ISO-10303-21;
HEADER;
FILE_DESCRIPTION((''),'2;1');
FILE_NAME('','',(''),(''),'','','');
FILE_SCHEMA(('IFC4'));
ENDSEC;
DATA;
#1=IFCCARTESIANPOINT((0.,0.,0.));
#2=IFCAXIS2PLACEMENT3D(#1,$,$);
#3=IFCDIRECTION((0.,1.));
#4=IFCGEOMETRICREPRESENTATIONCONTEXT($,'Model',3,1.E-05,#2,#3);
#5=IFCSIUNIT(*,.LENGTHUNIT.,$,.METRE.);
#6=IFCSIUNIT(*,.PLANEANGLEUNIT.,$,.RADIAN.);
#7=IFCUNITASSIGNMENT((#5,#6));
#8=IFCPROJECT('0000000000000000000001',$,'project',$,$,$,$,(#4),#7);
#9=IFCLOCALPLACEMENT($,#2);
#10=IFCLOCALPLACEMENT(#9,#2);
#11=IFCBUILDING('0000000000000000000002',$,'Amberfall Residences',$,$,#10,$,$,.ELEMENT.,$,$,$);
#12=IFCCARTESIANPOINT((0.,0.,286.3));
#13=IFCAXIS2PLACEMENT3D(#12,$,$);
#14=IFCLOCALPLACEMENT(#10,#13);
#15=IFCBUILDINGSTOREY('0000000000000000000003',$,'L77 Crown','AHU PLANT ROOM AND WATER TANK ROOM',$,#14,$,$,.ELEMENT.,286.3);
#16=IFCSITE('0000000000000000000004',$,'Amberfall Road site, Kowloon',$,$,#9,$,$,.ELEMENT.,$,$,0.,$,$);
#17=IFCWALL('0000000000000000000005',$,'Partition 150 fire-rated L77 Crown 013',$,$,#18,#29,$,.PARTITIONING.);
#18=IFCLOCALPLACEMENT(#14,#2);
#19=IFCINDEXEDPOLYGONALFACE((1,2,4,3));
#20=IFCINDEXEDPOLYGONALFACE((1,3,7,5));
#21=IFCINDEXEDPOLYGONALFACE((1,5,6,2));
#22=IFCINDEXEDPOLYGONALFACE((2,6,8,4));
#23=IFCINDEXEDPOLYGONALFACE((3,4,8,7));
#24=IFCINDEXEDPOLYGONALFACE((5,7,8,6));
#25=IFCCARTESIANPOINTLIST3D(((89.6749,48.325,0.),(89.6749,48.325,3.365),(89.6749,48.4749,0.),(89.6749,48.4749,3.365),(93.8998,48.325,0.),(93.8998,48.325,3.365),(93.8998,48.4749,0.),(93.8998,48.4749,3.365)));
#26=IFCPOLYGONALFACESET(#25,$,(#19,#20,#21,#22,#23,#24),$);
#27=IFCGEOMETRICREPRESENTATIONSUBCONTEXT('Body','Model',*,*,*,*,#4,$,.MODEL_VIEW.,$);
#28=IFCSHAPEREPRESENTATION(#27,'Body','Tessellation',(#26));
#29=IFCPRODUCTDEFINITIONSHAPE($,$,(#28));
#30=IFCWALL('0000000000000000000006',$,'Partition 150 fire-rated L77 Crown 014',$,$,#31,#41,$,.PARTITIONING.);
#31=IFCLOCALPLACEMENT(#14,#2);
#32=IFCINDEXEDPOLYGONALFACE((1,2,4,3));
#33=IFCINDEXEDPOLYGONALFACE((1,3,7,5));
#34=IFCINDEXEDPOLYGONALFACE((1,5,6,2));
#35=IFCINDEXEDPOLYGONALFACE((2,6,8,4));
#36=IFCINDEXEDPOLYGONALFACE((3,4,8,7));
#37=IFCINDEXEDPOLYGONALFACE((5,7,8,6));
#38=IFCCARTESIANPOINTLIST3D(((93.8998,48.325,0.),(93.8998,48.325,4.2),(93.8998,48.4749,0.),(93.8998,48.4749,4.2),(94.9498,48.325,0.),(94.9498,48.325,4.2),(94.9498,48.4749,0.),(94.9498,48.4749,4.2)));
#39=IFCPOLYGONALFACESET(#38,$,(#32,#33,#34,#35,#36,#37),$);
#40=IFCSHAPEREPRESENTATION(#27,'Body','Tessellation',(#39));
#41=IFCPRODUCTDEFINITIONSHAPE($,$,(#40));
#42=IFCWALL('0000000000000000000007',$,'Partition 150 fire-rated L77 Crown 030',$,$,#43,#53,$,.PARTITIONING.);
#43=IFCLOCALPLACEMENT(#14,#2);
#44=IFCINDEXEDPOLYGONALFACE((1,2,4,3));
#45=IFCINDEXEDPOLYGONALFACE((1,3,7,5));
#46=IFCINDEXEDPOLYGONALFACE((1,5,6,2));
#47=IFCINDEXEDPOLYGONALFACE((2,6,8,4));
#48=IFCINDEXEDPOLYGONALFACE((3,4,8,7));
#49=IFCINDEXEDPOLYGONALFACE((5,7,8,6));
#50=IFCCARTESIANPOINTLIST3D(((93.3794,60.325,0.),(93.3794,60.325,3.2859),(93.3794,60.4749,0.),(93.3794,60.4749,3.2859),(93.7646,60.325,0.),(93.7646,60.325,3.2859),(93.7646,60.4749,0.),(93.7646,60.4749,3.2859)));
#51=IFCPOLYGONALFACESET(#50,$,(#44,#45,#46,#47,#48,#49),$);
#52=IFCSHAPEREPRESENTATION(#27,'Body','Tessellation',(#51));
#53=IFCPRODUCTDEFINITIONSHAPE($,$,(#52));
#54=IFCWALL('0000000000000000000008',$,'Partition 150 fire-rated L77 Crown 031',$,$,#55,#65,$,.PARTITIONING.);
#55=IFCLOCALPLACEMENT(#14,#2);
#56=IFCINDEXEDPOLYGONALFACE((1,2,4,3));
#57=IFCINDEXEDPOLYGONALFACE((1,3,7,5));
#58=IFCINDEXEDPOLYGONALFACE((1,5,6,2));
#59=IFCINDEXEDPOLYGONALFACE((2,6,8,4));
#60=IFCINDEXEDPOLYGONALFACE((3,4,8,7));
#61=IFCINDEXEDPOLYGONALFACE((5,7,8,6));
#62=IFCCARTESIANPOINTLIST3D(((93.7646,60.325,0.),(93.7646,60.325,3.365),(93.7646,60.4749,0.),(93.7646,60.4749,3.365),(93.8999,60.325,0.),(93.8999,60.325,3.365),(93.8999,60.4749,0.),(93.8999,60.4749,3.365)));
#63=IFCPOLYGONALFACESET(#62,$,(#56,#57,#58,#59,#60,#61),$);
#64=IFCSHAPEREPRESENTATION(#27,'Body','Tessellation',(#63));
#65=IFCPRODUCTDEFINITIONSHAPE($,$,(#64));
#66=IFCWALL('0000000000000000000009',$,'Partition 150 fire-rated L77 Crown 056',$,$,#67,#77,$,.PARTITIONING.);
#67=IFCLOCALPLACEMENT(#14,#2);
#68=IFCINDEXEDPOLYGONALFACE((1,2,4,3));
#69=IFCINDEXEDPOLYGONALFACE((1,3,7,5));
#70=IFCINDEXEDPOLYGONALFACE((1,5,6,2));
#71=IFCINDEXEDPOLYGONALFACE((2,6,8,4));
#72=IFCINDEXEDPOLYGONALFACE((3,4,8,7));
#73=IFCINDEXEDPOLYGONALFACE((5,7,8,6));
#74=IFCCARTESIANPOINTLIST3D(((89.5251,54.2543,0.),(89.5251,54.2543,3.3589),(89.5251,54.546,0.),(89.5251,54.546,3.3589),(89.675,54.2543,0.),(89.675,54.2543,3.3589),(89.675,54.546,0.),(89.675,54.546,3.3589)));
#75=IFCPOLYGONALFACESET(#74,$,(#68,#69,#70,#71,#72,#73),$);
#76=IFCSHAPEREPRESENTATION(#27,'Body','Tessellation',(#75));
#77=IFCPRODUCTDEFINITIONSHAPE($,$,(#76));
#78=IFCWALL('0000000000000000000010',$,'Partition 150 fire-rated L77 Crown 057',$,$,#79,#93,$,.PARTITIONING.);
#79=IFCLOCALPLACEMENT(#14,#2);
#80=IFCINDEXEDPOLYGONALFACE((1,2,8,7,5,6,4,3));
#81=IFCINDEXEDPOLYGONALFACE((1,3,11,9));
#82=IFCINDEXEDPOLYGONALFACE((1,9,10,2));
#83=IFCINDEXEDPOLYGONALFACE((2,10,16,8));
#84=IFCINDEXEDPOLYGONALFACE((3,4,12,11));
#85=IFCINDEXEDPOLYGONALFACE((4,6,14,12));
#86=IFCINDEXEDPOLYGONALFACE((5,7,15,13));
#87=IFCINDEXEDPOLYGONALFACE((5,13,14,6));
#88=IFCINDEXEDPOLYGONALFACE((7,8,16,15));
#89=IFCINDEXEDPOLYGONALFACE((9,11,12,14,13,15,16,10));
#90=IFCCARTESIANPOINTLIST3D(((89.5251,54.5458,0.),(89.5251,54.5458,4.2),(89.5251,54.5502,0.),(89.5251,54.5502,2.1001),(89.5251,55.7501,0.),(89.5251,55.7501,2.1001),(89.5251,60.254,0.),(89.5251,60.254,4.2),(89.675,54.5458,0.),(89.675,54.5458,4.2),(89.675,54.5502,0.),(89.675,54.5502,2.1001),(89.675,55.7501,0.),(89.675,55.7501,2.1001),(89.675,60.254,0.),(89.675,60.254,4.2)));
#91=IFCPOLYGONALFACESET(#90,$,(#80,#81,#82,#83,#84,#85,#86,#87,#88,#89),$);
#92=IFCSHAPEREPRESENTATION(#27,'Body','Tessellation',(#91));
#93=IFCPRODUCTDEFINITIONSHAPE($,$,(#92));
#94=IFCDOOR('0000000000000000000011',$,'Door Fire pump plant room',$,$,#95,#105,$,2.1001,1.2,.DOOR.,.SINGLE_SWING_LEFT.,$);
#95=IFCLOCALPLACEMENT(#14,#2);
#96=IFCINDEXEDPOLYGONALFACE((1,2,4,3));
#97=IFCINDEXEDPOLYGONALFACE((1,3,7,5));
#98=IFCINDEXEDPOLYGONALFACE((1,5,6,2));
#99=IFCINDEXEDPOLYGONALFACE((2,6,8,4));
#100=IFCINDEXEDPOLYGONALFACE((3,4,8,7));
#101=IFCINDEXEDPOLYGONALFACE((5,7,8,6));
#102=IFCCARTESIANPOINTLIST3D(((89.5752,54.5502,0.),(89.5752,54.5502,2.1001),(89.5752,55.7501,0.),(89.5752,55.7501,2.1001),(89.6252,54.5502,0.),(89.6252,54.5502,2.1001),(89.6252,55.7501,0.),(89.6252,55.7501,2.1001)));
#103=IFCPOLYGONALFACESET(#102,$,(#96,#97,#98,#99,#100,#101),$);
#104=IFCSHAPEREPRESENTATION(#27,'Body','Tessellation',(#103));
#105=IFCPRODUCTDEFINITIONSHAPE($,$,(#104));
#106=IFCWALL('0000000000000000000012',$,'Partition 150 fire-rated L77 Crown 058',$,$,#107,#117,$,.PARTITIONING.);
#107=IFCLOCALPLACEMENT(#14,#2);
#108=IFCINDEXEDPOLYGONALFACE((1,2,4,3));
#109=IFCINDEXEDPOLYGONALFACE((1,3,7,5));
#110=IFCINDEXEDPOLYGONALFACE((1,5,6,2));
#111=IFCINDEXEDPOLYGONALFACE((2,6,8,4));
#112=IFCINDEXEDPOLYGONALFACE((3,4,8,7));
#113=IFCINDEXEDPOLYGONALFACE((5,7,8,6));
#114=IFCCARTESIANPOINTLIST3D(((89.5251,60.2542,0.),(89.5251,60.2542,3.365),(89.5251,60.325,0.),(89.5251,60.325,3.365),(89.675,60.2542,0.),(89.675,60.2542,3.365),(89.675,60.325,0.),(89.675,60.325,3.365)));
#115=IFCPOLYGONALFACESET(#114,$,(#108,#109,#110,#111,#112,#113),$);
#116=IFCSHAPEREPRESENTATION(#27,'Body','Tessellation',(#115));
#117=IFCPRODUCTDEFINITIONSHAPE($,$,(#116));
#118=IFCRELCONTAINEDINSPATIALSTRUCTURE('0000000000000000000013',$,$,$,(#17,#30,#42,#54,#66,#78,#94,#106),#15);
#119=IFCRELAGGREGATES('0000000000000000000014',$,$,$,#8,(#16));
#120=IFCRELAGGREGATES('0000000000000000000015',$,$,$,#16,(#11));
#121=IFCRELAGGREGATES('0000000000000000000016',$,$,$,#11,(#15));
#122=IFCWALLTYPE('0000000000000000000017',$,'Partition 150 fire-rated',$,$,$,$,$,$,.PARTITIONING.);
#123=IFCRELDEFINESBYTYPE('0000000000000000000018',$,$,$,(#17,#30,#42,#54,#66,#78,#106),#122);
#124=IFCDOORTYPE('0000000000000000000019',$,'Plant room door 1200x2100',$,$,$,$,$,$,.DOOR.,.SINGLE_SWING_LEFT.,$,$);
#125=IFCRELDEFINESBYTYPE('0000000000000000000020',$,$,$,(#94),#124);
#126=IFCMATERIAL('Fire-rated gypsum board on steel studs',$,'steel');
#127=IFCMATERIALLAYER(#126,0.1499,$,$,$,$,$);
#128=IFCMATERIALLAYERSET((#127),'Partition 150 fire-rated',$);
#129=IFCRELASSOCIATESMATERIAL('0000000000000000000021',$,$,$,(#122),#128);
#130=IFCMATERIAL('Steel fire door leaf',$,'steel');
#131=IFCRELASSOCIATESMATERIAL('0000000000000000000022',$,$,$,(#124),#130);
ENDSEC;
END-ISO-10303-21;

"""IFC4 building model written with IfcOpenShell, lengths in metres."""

from ifc_helpers import new_model, si_unit, direction, frame, frame_2d, origin, place, context, subcontext, project, spatial, rectangle, extrude, material, layer, layer_set, type_object, element, fill, save


model = new_model("IFC4")

# Units and contexts
model_context = context("Model", 3, precision=1e-05, world=origin(), true_north=direction((0.0, 1.0)))
body_context = subcontext(model_context, "Body", "Model", "MODEL_VIEW")
ifc_project = project(units=[si_unit("LENGTHUNIT", "METRE"), si_unit("PLANEANGLEUNIT", "RADIAN")], contexts=[model_context])

# Site, building, storey
site_placement = place(None, origin())
site = spatial("IfcSite", under=ifc_project, at=site_placement, Name="Amberfall Road site, Kowloon", CompositionType="ELEMENT", RefElevation=0.0)
building_placement = place(site_placement, origin())
building = spatial("IfcBuilding", under=site, at=building_placement, Name="Amberfall Residences", CompositionType="ELEMENT")
storey_placement = place(building_placement, frame((0.0, 0.0, 286.3)))
storey = spatial("IfcBuildingStorey", under=building, at=storey_placement, Name="L77 Crown", Description="AHU PLANT ROOM AND WATER TANK ROOM", CompositionType="ELEMENT", Elevation=286.3)

# Walls
ifc_material_1 = material(Name="Fire-rated gypsum board on steel studs", Category="steel")
ifc_layer_1 = layer(ifc_material_1, 0.1499)
ifc_layer_set_1 = layer_set([ifc_layer_1], Name="Partition 150 fire-rated")
wall_type = type_object("IfcWallType", Name="Partition 150 fire-rated", PredefinedType="PARTITIONING", material=ifc_layer_set_1)
wall_1_placement = place(storey_placement, frame((89.675, 48.3999, 0.0), z_axis=(0.0, 0.0, 1.0), x_axis=(1.0, 0.0, 0.0)))
element("IfcWall", 1, at=wall_1_placement, inside=storey, type_object=wall_type, Name="Partition 150 fire-rated L77 Crown 013", PredefinedType="PARTITIONING", context=body_context, shape_type="SweptSolid", body=[
    extrude(rectangle(XDim=4.2249, YDim=0.1499, at=frame_2d((2.1123, 0.0))), origin(), (0.0, 0.0, 1.0), 3.365),
])
wall_2_placement = place(storey_placement, frame((93.8999, 48.3999, 0.0), z_axis=(0.0, 0.0, 1.0), x_axis=(1.0, 0.0, 0.0)))
element("IfcWall", 2, at=wall_2_placement, inside=storey, type_object=wall_type, Name="Partition 150 fire-rated L77 Crown 014", PredefinedType="PARTITIONING", context=body_context, shape_type="SweptSolid", body=[
    extrude(rectangle(XDim=1.05, YDim=0.1499, at=frame_2d((0.5249, 0.0))), origin(), (0.0, 0.0, 1.0), 4.2),
])
wall_3_placement = place(storey_placement, frame((93.3794, 60.3999, 0.0), z_axis=(0.0, 0.0, 1.0), x_axis=(1.0, 0.0, 0.0)))
element("IfcWall", 3, at=wall_3_placement, inside=storey, type_object=wall_type, Name="Partition 150 fire-rated L77 Crown 030", PredefinedType="PARTITIONING", context=body_context, shape_type="SweptSolid", body=[
    extrude(rectangle(XDim=0.3853, YDim=0.1499, at=frame_2d((0.1926, 0.0))), origin(), (0.0, 0.0, 1.0), 3.2859),
])
wall_4_placement = place(storey_placement, frame((93.7646, 60.3999, 0.0), z_axis=(0.0, 0.0, 1.0), x_axis=(1.0, 0.0, 0.0)))
element("IfcWall", 4, at=wall_4_placement, inside=storey, type_object=wall_type, Name="Partition 150 fire-rated L77 Crown 031", PredefinedType="PARTITIONING", context=body_context, shape_type="SweptSolid", body=[
    extrude(rectangle(XDim=0.1353, YDim=0.1499, at=frame_2d((0.0676, 0.0))), origin(), (0.0, 0.0, 1.0), 3.365),
])
wall_5_placement = place(storey_placement, frame((89.6001, 54.2542, 0.0), z_axis=(0.0, 0.0, 1.0), x_axis=(0.0, 1.0, 0.0)))
element("IfcWall", 5, at=wall_5_placement, inside=storey, type_object=wall_type, Name="Partition 150 fire-rated L77 Crown 056", PredefinedType="PARTITIONING", context=body_context, shape_type="SweptSolid", body=[
    extrude(rectangle(XDim=0.2917, YDim=0.1499, at=frame_2d((0.146, 0.0))), origin(), (0.0, 0.0, 1.0), 3.3589),
])

# Wall, opening, door
wall_6_placement = place(storey_placement, frame((89.6001, 54.5459, 0.0), z_axis=(0.0, 0.0, 1.0), x_axis=(0.0, 1.0, 0.0)))
wall_6 = element("IfcWall", 6, at=wall_6_placement, inside=storey, type_object=wall_type, Name="Partition 150 fire-rated L77 Crown 057", PredefinedType="PARTITIONING", context=body_context, shape_type="SweptSolid", body=[
    extrude(rectangle(XDim=5.7083, YDim=0.1499, at=frame_2d((2.854, 0.0))), origin(), (0.0, 0.0, 1.0), 4.2),
])
opening_placement = place(wall_6_placement, frame((0.0042, 0.0, 0.0)))
opening = element("IfcOpeningElement", 7, at=opening_placement, cuts=wall_6, PredefinedType="OPENING", context=body_context, shape_type="SweptSolid", body=[
    extrude(rectangle(XDim=1.2, YDim=2.1001, at=frame_2d((0.6001, 1.05))), frame((0.0, 0.085, 0.0), z_axis=(0.0, -1.0, 0.0), x_axis=(1.0, 0.0, 0.0)), (0.0, 0.0, 1.0), 0.1699),
])
ifc_material_2 = material(Name="Steel fire door leaf", Category="steel")
door_type = type_object("IfcDoorType", Name="Plant room door 1200x2100", OperationType="SINGLE_SWING_LEFT", PredefinedType="DOOR", material=ifc_material_2)
door_placement = place(opening_placement, origin())
door = element("IfcDoor", 8, at=door_placement, inside=storey, type_object=door_type, Name="Door Fire pump plant room", OperationType="SINGLE_SWING_LEFT", OverallHeight=2.1001, OverallWidth=1.2, PredefinedType="DOOR", context=body_context, shape_type="SweptSolid", body=[
    extrude(rectangle(XDim=1.2, YDim=2.1001, at=frame_2d((0.6001, 1.05))), frame((0.0, 0.0249, 0.0), z_axis=(0.0, -1.0, 0.0), x_axis=(1.0, 0.0, 0.0)), (0.0, 0.0, 1.0), 0.05),
])
fill(opening, door)

# Wall
wall_7_placement = place(storey_placement, frame((89.6001, 60.2542, 0.0), z_axis=(0.0, 0.0, 1.0), x_axis=(0.0, 1.0, 0.0)))
element("IfcWall", 9, at=wall_7_placement, inside=storey, type_object=wall_type, Name="Partition 150 fire-rated L77 Crown 058", PredefinedType="PARTITIONING", context=body_context, shape_type="SweptSolid", body=[
    extrude(rectangle(XDim=0.0708, YDim=0.1499, at=frame_2d((0.0354, 0.0))), origin(), (0.0, 0.0, 1.0), 3.365),
])

save(model, "model.ifc")
